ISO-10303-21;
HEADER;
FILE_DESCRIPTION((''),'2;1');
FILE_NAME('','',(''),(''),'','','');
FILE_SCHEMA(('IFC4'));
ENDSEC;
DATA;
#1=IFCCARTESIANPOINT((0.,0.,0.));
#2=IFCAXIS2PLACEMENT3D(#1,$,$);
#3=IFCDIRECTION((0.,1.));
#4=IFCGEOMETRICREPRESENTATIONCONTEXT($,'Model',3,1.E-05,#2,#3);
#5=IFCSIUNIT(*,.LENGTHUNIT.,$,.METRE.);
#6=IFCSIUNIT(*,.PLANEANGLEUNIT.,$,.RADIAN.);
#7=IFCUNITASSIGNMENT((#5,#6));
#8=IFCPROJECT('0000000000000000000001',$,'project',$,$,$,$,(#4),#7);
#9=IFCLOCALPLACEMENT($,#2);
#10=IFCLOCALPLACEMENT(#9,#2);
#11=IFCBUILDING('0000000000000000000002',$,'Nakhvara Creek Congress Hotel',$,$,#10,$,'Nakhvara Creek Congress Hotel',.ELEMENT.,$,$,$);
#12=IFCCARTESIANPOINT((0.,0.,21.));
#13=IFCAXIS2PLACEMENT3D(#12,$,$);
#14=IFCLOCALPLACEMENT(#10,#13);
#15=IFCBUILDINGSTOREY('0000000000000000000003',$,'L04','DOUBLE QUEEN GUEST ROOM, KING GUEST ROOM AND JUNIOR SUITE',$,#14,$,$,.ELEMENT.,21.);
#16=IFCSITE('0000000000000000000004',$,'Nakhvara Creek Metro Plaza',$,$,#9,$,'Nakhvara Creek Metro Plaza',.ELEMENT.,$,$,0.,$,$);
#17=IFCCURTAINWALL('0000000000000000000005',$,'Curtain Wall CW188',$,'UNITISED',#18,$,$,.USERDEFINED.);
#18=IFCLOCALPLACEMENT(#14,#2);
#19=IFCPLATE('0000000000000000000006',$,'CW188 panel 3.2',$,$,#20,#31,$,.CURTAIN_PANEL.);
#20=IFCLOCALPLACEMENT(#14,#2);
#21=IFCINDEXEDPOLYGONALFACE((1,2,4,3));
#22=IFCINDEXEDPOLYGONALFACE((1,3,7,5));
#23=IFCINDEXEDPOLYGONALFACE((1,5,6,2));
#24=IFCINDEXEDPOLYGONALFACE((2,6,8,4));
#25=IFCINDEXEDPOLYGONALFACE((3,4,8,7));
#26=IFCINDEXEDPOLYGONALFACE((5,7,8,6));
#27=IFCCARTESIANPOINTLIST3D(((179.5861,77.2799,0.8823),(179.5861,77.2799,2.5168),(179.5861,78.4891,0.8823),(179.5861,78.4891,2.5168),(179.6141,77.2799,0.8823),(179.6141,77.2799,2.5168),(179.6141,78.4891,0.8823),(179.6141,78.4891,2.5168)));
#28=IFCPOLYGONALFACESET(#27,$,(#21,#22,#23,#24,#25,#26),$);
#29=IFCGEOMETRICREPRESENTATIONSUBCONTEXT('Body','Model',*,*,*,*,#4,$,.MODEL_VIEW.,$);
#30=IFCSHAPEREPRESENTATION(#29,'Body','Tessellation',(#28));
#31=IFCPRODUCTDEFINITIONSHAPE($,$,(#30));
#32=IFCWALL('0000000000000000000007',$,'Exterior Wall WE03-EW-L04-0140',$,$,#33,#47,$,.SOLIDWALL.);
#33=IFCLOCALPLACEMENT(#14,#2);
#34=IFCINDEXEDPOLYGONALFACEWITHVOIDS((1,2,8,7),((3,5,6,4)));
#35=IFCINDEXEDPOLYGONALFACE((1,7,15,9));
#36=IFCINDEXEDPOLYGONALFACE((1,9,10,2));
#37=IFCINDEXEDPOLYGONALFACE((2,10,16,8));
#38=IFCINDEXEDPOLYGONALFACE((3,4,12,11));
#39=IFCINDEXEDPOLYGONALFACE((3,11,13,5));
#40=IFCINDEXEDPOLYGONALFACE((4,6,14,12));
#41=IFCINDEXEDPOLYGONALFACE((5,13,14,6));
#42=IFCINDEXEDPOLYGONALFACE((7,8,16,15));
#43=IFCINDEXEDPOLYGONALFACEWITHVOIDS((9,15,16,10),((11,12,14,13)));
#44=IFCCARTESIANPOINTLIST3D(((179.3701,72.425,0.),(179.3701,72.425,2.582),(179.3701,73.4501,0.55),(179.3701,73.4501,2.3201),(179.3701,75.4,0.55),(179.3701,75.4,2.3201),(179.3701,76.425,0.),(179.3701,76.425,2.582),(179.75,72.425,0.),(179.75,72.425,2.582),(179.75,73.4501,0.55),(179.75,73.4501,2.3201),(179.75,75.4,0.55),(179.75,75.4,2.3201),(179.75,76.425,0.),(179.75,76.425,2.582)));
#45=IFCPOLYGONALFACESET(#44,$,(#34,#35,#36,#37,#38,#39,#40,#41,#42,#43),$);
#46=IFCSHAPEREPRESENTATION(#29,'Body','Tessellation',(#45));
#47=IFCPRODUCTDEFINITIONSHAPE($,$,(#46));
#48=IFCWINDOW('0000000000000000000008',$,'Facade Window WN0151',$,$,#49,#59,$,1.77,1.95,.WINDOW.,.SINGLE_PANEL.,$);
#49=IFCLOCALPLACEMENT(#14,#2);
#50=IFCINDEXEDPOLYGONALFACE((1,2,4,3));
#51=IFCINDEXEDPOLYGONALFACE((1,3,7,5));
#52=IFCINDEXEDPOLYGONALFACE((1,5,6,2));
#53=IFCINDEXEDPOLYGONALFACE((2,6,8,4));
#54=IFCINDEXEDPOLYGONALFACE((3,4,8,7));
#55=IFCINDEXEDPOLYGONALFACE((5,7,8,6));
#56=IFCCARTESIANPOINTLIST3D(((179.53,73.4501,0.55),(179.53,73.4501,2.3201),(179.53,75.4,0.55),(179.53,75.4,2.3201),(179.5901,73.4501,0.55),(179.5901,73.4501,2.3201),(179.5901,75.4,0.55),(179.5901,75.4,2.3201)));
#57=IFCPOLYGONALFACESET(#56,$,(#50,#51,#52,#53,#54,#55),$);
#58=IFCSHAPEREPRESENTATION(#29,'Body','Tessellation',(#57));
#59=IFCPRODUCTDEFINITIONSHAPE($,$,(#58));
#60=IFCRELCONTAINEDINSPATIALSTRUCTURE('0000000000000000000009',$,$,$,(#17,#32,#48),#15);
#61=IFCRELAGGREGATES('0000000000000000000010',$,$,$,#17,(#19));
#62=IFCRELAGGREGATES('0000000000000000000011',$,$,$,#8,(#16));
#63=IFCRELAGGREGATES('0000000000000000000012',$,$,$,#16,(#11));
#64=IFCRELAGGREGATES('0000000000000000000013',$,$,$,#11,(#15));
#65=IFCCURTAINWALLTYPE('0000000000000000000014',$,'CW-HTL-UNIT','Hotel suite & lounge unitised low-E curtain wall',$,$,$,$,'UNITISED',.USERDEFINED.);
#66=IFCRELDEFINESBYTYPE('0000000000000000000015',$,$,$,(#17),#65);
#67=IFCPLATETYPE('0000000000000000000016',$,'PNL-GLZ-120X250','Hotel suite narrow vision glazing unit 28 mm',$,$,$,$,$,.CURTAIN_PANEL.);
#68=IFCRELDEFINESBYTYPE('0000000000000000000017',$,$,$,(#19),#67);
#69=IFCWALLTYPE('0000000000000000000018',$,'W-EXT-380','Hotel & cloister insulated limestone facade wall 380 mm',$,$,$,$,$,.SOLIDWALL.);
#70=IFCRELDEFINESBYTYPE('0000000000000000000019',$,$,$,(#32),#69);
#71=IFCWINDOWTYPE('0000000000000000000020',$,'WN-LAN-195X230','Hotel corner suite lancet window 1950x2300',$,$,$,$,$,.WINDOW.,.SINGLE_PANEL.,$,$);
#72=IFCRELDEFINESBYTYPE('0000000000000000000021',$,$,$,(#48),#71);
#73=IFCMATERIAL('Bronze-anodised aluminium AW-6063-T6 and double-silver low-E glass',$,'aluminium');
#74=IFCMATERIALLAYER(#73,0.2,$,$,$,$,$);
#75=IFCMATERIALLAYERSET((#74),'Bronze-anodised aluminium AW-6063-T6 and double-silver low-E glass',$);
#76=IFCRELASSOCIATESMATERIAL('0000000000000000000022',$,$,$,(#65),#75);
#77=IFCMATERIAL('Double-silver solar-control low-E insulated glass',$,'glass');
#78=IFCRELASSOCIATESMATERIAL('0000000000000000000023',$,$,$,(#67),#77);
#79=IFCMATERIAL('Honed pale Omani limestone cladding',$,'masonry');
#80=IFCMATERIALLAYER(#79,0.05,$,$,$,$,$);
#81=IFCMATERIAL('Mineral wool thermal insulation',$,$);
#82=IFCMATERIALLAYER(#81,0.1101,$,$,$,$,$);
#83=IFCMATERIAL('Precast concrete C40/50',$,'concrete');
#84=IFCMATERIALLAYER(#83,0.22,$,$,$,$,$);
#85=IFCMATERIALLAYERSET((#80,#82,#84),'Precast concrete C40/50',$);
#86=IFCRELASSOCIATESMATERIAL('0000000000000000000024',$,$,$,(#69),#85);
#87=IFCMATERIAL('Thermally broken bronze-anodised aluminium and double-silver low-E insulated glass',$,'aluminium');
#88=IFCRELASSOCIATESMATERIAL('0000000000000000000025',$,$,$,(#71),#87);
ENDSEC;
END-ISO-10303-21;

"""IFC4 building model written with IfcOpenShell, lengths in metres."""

from ifc_helpers import new_model, si_unit, direction, frame, frame_2d, origin, origin_2d, place, context, subcontext, project, spatial, rectangle, extrude, material, layer, layer_set, type_object, element, fill, aggregate, save


model = new_model("IFC4")

# Units and contexts
model_context = context("Model", 3, precision=1e-05, world=origin(), true_north=direction((0.0, 1.0)))
body_context = subcontext(model_context, "Body", "Model", "MODEL_VIEW")
ifc_project = project(units=[si_unit("LENGTHUNIT", "METRE"), si_unit("PLANEANGLEUNIT", "RADIAN")], contexts=[model_context])

# Site, building, storey
site_placement = place(None, origin())
site = spatial("IfcSite", under=ifc_project, at=site_placement, Name="Nakhvara Creek Metro Plaza", LongName="Nakhvara Creek Metro Plaza", CompositionType="ELEMENT", RefElevation=0.0)
building_placement = place(site_placement, origin())
building = spatial("IfcBuilding", under=site, at=building_placement, Name="Nakhvara Creek Congress Hotel", LongName="Nakhvara Creek Congress Hotel", CompositionType="ELEMENT")
storey_placement = place(building_placement, frame((0.0, 0.0, 21.0)))
storey = spatial("IfcBuildingStorey", under=building, at=storey_placement, Name="L04", Description="DOUBLE QUEEN GUEST ROOM, KING GUEST ROOM AND JUNIOR SUITE", CompositionType="ELEMENT", Elevation=21.0)

# Curtain wall
ifc_material_1 = material(Name="Bronze-anodised aluminium AW-6063-T6 and double-silver low-E glass", Category="aluminium")
ifc_layer_1 = layer(ifc_material_1, 0.2)
ifc_layer_set_1 = layer_set([ifc_layer_1], Name="Bronze-anodised aluminium AW-6063-T6 and double-silver low-E glass")
curtain_wall_type = type_object("IfcCurtainWallType", Name="CW-HTL-UNIT", Description="Hotel suite & lounge unitised low-E curtain wall", ElementType="UNITISED", PredefinedType="USERDEFINED", material=ifc_layer_set_1)
curtain_wall_1_placement = place(storey_placement, origin())
curtain_wall_1 = element("IfcCurtainWall", 1, at=curtain_wall_1_placement, inside=storey, type_object=curtain_wall_type, Name="Curtain Wall CW188", ObjectType="UNITISED", PredefinedType="USERDEFINED")

# Plate
ifc_material_2 = material(Name="Double-silver solar-control low-E insulated glass", Category="glass")
plate_type = type_object("IfcPlateType", Name="PNL-GLZ-120X250", Description="Hotel suite narrow vision glazing unit 28 mm", PredefinedType="CURTAIN_PANEL", material=ifc_material_2)
plate_1_placement = place(storey_placement, frame((179.6001, 77.8845, 0.8823), z_axis=(0.0, 0.0, 1.0), x_axis=(0.0, -1.0, 0.0)))
plate_1 = element("IfcPlate", 2, at=plate_1_placement, type_object=plate_type, Name="CW188 panel 3.2", PredefinedType="CURTAIN_PANEL", context=body_context, shape_type="SweptSolid", body=[
    extrude(rectangle(XDim=1.2092, YDim=0.0281, at=origin_2d()), origin(), (0.0, 0.0, 1.0), 1.6345),
])
aggregate(curtain_wall_1, [plate_1])

# Wall, opening, window
ifc_material_3 = material(Name="Honed pale Omani limestone cladding", Category="masonry")
ifc_layer_2 = layer(ifc_material_3, 0.05)
ifc_material_4 = material(Name="Mineral wool thermal insulation")
ifc_layer_3 = layer(ifc_material_4, 0.1101)
ifc_material_5 = material(Name="Precast concrete C40/50", Category="concrete")
ifc_layer_4 = layer(ifc_material_5, 0.22)
ifc_layer_set_2 = layer_set([ifc_layer_2, ifc_layer_3, ifc_layer_4], Name="Precast concrete C40/50")
wall_type = type_object("IfcWallType", Name="W-EXT-380", Description="Hotel & cloister insulated limestone facade wall 380 mm", PredefinedType="SOLIDWALL", material=ifc_layer_set_2)
wall_placement = place(storey_placement, frame((179.5601, 76.425, 0.0), z_axis=(0.0, 0.0, 1.0), x_axis=(0.0, -1.0, 0.0)))
wall = element("IfcWall", 3, at=wall_placement, inside=storey, type_object=wall_type, Name="Exterior Wall WE03-EW-L04-0140", PredefinedType="SOLIDWALL", context=body_context, shape_type="SweptSolid", body=[
    extrude(rectangle(XDim=4.0, YDim=0.3799, at=frame_2d((2.0, 0.0))), origin(), (0.0, 0.0, 1.0), 2.582),
])
opening_placement = place(wall_placement, frame((1.0249, 0.0, 0.55)))
opening = element("IfcOpeningElement", 4, at=opening_placement, cuts=wall, PredefinedType="OPENING", context=body_context, shape_type="SweptSolid", body=[
    extrude(rectangle(XDim=1.95, YDim=1.77, at=frame_2d((0.9751, 0.885))), frame((0.0, 0.2019, 0.0), z_axis=(0.0, -1.0, 0.0), x_axis=(1.0, 0.0, 0.0)), (0.0, 0.0, 1.0), 0.4038),
])
ifc_material_6 = material(Name="Thermally broken bronze-anodised aluminium and double-silver low-E insulated glass", Category="aluminium")
window_type = type_object("IfcWindowType", Name="WN-LAN-195X230", Description="Hotel corner suite lancet window 1950x2300", PartitioningType="SINGLE_PANEL", PredefinedType="WINDOW", material=ifc_material_6)
window_placement = place(opening_placement, origin())
window = element("IfcWindow", 5, at=window_placement, inside=storey, type_object=window_type, Name="Facade Window WN0151", OverallHeight=1.77, OverallWidth=1.95, PartitioningType="SINGLE_PANEL", PredefinedType="WINDOW", context=body_context, shape_type="SweptSolid", body=[
    extrude(rectangle(XDim=1.95, YDim=1.77, at=frame_2d((0.9751, 0.885))), frame((0.0, 0.03, 0.0), z_axis=(0.0, -1.0, 0.0), x_axis=(1.0, 0.0, 0.0)), (0.0, 0.0, 1.0), 0.0601),
])
fill(opening, window)

save(model, "model.ifc")
